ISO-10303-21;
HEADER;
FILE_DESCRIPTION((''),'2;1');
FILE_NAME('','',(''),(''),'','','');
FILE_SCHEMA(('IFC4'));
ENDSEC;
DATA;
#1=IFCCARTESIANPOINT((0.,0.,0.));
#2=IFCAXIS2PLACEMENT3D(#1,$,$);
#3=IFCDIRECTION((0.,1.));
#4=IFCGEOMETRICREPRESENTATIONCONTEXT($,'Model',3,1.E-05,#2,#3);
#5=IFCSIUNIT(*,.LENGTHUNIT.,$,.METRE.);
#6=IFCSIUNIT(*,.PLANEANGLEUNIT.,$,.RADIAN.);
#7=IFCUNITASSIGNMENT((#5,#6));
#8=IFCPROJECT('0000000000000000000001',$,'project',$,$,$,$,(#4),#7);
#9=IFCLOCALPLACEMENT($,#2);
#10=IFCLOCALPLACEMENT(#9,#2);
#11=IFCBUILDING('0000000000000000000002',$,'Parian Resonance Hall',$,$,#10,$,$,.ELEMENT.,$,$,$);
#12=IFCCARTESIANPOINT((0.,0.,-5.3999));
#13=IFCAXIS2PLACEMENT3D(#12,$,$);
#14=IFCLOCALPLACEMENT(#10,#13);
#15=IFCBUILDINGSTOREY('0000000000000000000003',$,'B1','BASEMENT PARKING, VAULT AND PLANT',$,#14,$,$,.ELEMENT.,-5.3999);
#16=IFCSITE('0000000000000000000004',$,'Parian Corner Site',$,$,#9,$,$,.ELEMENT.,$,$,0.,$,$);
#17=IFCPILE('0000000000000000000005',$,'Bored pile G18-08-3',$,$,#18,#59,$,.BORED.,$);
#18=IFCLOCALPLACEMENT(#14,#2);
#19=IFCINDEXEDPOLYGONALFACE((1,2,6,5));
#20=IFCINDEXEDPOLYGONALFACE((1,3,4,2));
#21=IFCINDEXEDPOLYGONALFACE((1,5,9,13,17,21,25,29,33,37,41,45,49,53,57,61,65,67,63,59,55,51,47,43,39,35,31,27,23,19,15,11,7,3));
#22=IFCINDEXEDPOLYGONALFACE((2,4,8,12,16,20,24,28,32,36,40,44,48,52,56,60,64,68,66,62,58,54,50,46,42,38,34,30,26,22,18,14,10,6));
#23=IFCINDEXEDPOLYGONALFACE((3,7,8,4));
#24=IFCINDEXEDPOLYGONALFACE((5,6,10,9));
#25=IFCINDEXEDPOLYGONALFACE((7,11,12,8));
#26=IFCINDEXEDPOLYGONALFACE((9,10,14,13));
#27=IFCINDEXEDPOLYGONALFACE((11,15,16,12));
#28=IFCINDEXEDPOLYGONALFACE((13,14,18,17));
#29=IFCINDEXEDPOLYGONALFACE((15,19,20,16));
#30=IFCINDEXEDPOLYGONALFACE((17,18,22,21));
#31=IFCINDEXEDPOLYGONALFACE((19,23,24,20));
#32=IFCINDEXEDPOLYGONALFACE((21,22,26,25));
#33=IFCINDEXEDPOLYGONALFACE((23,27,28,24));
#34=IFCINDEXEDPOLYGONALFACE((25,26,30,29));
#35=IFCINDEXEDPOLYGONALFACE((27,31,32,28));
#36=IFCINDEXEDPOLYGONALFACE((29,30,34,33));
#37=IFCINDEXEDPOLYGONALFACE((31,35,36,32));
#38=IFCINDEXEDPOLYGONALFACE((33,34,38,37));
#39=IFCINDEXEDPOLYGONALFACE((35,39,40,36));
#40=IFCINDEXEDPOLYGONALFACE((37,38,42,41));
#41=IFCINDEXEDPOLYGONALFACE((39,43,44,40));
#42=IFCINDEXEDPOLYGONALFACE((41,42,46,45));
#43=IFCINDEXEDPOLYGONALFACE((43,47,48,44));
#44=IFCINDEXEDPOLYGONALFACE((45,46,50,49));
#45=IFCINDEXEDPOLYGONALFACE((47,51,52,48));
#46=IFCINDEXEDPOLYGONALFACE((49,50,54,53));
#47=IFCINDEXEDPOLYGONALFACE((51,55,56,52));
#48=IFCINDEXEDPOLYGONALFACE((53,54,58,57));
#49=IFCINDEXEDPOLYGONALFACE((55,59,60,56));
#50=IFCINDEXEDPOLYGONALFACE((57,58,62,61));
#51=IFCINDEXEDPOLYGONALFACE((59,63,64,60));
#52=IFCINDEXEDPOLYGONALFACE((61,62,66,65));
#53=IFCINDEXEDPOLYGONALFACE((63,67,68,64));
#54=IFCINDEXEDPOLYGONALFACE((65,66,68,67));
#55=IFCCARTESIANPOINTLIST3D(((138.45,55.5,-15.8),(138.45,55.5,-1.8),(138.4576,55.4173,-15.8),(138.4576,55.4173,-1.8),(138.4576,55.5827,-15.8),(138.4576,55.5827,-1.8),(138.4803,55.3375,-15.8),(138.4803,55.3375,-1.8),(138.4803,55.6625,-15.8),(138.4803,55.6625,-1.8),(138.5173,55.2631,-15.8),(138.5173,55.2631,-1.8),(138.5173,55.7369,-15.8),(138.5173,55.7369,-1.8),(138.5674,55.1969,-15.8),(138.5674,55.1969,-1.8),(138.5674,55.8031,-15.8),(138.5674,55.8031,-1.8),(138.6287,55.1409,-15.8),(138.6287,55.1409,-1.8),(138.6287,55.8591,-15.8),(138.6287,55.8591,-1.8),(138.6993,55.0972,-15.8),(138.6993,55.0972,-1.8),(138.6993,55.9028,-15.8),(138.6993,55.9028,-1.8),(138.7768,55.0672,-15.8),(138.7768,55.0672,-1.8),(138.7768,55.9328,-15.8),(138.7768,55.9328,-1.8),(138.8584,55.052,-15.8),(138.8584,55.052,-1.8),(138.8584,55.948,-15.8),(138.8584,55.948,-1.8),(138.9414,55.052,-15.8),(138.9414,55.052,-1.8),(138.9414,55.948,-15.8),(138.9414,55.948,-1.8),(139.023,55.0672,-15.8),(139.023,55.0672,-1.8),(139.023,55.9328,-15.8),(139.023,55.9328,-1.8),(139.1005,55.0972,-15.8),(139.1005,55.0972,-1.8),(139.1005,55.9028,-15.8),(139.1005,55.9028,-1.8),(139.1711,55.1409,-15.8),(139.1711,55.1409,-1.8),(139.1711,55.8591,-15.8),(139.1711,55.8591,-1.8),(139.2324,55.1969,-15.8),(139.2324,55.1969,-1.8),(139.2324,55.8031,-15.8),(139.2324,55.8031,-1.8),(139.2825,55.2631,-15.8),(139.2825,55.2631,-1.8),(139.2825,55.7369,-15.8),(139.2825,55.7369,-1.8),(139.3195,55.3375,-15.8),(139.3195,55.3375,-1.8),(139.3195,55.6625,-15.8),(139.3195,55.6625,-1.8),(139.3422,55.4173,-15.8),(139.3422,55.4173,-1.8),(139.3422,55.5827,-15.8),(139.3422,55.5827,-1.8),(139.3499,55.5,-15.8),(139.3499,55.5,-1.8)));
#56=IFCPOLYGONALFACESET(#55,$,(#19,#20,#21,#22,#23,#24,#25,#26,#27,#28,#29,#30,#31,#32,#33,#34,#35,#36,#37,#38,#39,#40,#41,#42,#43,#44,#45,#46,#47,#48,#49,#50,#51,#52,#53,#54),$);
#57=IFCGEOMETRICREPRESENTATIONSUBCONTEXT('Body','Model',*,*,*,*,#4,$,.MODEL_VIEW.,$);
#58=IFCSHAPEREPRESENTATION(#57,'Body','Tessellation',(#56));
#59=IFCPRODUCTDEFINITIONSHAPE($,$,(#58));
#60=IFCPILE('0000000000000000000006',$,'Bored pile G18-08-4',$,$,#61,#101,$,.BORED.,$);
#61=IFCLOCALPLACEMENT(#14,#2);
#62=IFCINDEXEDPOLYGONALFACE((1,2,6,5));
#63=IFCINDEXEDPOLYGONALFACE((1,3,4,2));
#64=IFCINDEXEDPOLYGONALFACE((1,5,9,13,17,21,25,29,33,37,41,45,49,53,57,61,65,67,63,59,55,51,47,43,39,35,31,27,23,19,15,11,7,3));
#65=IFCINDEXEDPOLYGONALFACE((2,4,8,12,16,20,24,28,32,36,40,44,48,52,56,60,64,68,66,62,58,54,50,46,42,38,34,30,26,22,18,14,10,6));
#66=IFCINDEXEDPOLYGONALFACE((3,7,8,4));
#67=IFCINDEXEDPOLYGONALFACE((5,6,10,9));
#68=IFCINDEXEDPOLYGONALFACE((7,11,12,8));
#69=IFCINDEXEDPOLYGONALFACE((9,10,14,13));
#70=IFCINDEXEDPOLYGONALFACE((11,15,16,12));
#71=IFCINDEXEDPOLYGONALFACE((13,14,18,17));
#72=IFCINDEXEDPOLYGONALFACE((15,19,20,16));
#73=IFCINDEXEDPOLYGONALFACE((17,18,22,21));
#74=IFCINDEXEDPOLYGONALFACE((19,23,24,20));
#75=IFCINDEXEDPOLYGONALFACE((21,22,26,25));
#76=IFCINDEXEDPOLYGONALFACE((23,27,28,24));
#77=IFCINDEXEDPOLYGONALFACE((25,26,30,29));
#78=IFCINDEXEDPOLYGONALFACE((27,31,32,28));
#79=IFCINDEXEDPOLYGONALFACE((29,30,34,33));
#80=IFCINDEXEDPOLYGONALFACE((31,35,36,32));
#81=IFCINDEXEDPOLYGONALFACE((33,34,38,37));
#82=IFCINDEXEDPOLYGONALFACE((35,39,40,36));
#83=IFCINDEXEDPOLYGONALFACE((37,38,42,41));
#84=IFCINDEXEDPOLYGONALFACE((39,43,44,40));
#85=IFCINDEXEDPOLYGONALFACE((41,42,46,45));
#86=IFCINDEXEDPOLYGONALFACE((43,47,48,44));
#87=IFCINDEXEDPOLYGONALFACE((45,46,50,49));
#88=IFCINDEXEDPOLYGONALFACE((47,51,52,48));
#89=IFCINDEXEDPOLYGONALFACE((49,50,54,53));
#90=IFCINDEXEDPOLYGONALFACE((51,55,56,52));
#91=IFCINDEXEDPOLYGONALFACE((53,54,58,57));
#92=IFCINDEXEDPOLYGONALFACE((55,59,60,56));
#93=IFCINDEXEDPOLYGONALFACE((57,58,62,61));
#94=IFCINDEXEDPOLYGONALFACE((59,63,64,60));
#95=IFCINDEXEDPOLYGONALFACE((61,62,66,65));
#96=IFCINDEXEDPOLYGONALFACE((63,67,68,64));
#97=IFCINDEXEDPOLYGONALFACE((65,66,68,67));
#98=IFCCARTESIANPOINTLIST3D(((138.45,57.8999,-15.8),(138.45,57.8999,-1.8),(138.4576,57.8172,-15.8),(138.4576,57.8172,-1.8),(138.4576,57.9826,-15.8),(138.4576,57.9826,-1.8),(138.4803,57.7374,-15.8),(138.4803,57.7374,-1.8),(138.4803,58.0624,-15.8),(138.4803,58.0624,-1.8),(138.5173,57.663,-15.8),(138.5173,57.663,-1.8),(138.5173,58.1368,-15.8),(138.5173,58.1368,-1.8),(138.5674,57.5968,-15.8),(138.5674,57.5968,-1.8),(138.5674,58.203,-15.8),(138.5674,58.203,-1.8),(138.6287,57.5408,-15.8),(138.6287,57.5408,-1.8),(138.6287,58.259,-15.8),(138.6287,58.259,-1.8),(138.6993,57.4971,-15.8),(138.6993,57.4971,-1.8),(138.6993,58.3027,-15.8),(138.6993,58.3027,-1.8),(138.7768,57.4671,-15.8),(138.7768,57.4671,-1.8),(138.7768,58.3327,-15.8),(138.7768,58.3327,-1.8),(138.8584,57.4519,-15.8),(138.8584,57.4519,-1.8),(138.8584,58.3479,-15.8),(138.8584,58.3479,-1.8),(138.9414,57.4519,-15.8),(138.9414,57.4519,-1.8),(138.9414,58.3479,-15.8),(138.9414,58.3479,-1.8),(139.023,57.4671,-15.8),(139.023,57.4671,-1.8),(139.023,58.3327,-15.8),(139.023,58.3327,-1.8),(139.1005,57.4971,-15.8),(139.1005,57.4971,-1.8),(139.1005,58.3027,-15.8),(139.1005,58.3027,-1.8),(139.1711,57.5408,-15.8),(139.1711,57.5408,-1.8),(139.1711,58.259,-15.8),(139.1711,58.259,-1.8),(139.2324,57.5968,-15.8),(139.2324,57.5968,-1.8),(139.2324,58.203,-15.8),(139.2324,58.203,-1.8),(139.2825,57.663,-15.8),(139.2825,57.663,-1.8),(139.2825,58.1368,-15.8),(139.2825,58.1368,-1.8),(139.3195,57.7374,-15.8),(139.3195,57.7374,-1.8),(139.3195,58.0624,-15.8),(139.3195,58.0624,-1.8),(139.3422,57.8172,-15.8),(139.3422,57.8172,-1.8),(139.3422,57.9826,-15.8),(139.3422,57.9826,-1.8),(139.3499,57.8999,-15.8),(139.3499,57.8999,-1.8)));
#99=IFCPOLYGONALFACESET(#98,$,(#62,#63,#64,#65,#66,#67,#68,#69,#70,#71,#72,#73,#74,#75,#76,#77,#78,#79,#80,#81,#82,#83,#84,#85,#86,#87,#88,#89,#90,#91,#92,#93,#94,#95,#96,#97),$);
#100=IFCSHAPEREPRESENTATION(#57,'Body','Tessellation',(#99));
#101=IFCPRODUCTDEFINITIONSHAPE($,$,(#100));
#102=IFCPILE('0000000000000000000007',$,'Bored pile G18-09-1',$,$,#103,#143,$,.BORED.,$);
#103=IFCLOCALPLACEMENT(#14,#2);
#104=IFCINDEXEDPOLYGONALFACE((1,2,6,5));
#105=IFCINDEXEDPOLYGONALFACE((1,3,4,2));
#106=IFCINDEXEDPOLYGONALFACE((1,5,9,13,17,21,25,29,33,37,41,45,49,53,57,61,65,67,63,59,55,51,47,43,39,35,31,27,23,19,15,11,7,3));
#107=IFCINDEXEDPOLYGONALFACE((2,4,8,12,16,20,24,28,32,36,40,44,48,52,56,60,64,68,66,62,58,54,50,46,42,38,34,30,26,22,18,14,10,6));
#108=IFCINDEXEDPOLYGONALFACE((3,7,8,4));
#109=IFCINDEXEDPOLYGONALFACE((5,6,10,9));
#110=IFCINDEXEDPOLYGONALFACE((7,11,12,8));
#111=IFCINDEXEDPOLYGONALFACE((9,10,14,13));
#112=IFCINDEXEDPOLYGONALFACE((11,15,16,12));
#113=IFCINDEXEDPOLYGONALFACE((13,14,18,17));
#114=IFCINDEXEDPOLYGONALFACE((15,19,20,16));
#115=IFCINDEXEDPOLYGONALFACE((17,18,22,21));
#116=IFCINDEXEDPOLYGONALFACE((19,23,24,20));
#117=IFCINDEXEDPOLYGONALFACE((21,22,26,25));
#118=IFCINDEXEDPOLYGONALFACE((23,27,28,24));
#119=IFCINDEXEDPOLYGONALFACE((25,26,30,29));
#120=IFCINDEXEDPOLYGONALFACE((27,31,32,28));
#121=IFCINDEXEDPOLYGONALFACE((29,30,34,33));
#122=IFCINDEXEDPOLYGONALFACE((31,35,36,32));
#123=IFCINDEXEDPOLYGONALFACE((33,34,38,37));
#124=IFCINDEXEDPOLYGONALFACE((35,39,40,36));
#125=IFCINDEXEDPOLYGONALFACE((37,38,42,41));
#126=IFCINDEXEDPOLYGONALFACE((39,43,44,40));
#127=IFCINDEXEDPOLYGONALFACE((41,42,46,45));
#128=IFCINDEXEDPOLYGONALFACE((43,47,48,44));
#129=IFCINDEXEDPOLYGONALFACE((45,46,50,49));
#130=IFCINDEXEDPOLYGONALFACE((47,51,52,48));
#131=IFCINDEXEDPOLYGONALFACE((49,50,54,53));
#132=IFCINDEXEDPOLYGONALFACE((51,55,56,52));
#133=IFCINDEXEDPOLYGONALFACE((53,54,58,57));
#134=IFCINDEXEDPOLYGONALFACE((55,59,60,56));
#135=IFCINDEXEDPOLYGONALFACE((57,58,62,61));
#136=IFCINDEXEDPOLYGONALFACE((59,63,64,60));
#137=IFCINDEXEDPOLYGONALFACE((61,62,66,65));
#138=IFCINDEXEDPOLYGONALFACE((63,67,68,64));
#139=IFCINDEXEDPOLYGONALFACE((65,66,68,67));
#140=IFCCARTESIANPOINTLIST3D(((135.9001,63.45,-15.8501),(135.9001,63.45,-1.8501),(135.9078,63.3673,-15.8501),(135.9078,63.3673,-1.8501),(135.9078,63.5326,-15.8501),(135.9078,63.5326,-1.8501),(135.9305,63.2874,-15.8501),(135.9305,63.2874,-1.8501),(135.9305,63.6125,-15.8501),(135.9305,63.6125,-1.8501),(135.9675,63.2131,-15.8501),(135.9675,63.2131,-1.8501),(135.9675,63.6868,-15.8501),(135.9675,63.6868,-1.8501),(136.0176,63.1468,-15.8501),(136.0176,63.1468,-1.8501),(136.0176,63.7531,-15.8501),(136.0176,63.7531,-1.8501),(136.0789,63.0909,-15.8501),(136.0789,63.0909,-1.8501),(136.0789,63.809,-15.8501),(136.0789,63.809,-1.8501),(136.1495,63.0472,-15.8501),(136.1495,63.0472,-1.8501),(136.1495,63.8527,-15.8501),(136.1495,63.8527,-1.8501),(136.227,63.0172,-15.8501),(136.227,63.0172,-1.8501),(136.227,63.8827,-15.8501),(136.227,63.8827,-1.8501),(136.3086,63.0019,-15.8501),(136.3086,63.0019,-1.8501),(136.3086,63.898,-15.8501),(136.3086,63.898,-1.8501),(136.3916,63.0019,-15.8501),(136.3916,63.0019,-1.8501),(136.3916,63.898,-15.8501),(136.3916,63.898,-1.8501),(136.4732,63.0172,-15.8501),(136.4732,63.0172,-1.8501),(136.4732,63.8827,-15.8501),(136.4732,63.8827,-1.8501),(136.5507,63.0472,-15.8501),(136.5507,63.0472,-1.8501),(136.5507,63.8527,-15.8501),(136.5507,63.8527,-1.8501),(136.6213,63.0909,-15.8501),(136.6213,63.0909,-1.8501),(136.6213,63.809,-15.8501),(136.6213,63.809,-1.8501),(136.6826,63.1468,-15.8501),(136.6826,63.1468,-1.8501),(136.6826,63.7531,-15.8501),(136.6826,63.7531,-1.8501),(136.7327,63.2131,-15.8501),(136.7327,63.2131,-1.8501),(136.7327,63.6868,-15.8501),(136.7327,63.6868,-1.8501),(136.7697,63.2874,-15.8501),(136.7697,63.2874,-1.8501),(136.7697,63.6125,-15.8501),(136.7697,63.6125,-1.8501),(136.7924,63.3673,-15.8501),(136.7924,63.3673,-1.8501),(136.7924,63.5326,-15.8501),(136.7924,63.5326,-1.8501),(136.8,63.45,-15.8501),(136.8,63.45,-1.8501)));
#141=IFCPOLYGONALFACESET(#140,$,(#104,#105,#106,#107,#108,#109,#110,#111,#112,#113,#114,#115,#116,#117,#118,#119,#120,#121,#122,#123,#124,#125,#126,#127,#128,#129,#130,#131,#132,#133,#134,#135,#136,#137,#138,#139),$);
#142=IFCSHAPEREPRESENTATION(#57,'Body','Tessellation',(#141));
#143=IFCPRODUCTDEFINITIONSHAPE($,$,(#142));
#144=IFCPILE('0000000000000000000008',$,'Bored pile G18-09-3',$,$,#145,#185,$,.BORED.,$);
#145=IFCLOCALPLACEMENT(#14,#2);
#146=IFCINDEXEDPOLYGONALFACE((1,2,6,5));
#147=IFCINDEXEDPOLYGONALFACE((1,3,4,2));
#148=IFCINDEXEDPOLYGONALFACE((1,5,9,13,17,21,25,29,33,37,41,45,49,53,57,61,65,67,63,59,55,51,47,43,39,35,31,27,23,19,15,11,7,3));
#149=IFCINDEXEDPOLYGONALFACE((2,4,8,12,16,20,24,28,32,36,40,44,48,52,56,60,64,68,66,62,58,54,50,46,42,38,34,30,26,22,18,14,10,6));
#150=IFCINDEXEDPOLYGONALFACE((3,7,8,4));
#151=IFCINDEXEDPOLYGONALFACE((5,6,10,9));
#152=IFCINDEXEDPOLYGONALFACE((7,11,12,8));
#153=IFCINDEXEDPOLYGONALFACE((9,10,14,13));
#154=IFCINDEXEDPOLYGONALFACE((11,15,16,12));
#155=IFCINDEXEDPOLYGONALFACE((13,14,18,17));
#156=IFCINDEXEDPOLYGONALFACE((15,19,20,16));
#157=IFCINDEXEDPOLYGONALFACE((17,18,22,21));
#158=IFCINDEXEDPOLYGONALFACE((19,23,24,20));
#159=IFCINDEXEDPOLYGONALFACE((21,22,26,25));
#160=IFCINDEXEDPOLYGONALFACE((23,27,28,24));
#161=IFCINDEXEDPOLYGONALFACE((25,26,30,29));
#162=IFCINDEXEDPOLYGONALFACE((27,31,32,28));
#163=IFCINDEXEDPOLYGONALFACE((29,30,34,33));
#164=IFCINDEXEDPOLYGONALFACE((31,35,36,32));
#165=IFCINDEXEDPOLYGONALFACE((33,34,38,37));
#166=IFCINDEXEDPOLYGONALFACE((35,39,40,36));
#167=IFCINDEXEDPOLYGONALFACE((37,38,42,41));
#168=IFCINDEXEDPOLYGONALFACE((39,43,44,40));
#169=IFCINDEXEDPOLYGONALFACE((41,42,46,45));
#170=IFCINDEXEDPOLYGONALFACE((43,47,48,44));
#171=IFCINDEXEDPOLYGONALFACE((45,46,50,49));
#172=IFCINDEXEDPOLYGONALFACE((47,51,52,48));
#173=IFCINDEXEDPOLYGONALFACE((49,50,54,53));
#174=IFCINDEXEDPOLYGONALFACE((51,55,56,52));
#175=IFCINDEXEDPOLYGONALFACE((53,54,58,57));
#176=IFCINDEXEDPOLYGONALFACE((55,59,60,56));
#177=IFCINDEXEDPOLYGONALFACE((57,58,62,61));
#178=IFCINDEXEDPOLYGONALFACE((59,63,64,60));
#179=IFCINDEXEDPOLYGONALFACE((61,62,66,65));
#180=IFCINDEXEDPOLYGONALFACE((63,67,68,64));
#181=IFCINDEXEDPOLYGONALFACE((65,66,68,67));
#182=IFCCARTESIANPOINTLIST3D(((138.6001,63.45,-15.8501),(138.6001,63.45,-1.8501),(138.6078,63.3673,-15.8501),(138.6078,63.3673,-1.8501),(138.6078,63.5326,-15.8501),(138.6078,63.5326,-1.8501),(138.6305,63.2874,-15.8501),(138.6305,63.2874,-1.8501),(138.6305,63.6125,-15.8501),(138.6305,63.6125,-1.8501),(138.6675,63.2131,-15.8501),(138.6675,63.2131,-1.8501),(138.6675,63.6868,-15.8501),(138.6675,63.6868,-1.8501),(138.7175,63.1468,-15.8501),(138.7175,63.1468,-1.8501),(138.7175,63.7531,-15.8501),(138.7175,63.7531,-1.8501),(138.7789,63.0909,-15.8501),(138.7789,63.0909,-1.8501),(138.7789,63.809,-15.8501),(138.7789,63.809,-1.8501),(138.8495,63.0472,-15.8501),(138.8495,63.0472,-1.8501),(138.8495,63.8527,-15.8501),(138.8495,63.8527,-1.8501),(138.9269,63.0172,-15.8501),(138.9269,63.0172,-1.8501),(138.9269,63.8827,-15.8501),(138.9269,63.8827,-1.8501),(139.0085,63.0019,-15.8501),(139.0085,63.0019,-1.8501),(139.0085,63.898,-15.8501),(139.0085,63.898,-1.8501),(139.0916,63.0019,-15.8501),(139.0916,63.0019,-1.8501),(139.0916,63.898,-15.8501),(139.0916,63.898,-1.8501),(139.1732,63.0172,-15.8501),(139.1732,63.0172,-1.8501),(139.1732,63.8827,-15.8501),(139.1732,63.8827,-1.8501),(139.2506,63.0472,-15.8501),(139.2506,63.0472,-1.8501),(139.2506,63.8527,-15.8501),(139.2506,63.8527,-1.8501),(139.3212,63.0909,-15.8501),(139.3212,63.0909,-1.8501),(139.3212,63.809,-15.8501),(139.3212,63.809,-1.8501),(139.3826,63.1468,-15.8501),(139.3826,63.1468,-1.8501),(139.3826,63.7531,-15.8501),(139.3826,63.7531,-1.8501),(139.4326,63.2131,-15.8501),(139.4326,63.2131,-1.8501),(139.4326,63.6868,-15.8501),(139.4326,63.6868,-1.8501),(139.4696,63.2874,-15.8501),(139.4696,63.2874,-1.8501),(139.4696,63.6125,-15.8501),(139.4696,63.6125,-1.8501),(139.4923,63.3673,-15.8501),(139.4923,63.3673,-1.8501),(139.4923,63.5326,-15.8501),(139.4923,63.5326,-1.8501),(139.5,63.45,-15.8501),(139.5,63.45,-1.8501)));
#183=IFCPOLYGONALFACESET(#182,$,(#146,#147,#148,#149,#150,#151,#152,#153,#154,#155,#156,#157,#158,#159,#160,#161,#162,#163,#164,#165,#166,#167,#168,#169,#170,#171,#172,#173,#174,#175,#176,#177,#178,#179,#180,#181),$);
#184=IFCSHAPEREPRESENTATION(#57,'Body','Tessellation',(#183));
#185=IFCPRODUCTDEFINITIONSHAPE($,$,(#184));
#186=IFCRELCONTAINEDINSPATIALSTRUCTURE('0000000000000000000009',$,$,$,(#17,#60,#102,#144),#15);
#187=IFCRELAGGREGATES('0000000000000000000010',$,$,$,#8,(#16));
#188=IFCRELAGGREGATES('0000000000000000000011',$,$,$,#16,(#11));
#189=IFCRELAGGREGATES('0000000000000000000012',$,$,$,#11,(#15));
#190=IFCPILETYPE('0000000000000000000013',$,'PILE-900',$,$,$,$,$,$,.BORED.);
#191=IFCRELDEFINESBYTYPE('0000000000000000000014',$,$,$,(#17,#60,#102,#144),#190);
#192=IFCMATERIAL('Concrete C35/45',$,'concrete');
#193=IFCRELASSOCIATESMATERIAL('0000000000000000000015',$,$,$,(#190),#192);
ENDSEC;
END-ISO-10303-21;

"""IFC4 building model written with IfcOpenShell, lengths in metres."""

from ifc_helpers import new_model, si_unit, direction, frame, origin, origin_2d, place, context, subcontext, project, spatial, circle, extrude, material, material_profile, profile_set, type_object, element, save


model = new_model("IFC4")

# Units and contexts
model_context = context("Model", 3, precision=1e-05, world=origin(), true_north=direction((0.0, 1.0)))
body_context = subcontext(model_context, "Body", "Model", "MODEL_VIEW")
ifc_project = project(units=[si_unit("LENGTHUNIT", "METRE"), si_unit("PLANEANGLEUNIT", "RADIAN")], contexts=[model_context])

# Site, building, storey
site_placement = place(None, origin())
site = spatial("IfcSite", under=ifc_project, at=site_placement, Name="Parian Corner Site", CompositionType="ELEMENT", RefElevation=0.0)
building_placement = place(site_placement, origin())
building = spatial("IfcBuilding", under=site, at=building_placement, Name="Parian Resonance Hall", CompositionType="ELEMENT")
storey_placement = place(building_placement, frame((0.0, 0.0, -5.3999)))
storey = spatial("IfcBuildingStorey", under=building, at=storey_placement, Name="B1", Description="BASEMENT PARKING, VAULT AND PLANT", CompositionType="ELEMENT", Elevation=-5.3999)

# Piles
ifc_material_1 = material(Name="Concrete C35/45", Category="concrete")
ifc_material_profile_1 = material_profile(ifc_material_1, circle(Radius=0.45, at=origin_2d()), Name="PILE-D900")
ifc_profile_set_1 = profile_set([ifc_material_profile_1], Name="Concrete C35/45")
pile_type = type_object("IfcPileType", Name="PILE-900", PredefinedType="BORED", material=ifc_profile_set_1)
for number, where, z_axis, x_axis, name in (
    (1, (138.8999, 55.5, -1.8), (0.0, 0.0, -1.0), (1.0, 0.0, 0.0), "Bored pile G18-08-3"),
    (2, (138.8999, 57.8999, -1.8), (0.0, 0.0, -1.0), (1.0, 0.0, 0.0), "Bored pile G18-08-4"),
    (3, (136.3501, 63.45, -1.8501), (0.0, 0.0, -1.0), (1.0, 0.0, 0.0), "Bored pile G18-09-1"),
    (4, (139.05, 63.45, -1.8501), (0.0, 0.0, -1.0), (1.0, 0.0, 0.0), "Bored pile G18-09-3"),
):
    element("IfcPile", number, at=place(storey_placement, frame(where, z_axis=z_axis, x_axis=x_axis)), inside=storey, type_object=pile_type, Name=name, PredefinedType="BORED", context=body_context, shape_type="SweptSolid", body=[
        extrude(circle(Radius=0.45, at=origin_2d()), origin(), (0.0, 0.0, 1.0), 14.0),
    ])

save(model, "model.ifc")
